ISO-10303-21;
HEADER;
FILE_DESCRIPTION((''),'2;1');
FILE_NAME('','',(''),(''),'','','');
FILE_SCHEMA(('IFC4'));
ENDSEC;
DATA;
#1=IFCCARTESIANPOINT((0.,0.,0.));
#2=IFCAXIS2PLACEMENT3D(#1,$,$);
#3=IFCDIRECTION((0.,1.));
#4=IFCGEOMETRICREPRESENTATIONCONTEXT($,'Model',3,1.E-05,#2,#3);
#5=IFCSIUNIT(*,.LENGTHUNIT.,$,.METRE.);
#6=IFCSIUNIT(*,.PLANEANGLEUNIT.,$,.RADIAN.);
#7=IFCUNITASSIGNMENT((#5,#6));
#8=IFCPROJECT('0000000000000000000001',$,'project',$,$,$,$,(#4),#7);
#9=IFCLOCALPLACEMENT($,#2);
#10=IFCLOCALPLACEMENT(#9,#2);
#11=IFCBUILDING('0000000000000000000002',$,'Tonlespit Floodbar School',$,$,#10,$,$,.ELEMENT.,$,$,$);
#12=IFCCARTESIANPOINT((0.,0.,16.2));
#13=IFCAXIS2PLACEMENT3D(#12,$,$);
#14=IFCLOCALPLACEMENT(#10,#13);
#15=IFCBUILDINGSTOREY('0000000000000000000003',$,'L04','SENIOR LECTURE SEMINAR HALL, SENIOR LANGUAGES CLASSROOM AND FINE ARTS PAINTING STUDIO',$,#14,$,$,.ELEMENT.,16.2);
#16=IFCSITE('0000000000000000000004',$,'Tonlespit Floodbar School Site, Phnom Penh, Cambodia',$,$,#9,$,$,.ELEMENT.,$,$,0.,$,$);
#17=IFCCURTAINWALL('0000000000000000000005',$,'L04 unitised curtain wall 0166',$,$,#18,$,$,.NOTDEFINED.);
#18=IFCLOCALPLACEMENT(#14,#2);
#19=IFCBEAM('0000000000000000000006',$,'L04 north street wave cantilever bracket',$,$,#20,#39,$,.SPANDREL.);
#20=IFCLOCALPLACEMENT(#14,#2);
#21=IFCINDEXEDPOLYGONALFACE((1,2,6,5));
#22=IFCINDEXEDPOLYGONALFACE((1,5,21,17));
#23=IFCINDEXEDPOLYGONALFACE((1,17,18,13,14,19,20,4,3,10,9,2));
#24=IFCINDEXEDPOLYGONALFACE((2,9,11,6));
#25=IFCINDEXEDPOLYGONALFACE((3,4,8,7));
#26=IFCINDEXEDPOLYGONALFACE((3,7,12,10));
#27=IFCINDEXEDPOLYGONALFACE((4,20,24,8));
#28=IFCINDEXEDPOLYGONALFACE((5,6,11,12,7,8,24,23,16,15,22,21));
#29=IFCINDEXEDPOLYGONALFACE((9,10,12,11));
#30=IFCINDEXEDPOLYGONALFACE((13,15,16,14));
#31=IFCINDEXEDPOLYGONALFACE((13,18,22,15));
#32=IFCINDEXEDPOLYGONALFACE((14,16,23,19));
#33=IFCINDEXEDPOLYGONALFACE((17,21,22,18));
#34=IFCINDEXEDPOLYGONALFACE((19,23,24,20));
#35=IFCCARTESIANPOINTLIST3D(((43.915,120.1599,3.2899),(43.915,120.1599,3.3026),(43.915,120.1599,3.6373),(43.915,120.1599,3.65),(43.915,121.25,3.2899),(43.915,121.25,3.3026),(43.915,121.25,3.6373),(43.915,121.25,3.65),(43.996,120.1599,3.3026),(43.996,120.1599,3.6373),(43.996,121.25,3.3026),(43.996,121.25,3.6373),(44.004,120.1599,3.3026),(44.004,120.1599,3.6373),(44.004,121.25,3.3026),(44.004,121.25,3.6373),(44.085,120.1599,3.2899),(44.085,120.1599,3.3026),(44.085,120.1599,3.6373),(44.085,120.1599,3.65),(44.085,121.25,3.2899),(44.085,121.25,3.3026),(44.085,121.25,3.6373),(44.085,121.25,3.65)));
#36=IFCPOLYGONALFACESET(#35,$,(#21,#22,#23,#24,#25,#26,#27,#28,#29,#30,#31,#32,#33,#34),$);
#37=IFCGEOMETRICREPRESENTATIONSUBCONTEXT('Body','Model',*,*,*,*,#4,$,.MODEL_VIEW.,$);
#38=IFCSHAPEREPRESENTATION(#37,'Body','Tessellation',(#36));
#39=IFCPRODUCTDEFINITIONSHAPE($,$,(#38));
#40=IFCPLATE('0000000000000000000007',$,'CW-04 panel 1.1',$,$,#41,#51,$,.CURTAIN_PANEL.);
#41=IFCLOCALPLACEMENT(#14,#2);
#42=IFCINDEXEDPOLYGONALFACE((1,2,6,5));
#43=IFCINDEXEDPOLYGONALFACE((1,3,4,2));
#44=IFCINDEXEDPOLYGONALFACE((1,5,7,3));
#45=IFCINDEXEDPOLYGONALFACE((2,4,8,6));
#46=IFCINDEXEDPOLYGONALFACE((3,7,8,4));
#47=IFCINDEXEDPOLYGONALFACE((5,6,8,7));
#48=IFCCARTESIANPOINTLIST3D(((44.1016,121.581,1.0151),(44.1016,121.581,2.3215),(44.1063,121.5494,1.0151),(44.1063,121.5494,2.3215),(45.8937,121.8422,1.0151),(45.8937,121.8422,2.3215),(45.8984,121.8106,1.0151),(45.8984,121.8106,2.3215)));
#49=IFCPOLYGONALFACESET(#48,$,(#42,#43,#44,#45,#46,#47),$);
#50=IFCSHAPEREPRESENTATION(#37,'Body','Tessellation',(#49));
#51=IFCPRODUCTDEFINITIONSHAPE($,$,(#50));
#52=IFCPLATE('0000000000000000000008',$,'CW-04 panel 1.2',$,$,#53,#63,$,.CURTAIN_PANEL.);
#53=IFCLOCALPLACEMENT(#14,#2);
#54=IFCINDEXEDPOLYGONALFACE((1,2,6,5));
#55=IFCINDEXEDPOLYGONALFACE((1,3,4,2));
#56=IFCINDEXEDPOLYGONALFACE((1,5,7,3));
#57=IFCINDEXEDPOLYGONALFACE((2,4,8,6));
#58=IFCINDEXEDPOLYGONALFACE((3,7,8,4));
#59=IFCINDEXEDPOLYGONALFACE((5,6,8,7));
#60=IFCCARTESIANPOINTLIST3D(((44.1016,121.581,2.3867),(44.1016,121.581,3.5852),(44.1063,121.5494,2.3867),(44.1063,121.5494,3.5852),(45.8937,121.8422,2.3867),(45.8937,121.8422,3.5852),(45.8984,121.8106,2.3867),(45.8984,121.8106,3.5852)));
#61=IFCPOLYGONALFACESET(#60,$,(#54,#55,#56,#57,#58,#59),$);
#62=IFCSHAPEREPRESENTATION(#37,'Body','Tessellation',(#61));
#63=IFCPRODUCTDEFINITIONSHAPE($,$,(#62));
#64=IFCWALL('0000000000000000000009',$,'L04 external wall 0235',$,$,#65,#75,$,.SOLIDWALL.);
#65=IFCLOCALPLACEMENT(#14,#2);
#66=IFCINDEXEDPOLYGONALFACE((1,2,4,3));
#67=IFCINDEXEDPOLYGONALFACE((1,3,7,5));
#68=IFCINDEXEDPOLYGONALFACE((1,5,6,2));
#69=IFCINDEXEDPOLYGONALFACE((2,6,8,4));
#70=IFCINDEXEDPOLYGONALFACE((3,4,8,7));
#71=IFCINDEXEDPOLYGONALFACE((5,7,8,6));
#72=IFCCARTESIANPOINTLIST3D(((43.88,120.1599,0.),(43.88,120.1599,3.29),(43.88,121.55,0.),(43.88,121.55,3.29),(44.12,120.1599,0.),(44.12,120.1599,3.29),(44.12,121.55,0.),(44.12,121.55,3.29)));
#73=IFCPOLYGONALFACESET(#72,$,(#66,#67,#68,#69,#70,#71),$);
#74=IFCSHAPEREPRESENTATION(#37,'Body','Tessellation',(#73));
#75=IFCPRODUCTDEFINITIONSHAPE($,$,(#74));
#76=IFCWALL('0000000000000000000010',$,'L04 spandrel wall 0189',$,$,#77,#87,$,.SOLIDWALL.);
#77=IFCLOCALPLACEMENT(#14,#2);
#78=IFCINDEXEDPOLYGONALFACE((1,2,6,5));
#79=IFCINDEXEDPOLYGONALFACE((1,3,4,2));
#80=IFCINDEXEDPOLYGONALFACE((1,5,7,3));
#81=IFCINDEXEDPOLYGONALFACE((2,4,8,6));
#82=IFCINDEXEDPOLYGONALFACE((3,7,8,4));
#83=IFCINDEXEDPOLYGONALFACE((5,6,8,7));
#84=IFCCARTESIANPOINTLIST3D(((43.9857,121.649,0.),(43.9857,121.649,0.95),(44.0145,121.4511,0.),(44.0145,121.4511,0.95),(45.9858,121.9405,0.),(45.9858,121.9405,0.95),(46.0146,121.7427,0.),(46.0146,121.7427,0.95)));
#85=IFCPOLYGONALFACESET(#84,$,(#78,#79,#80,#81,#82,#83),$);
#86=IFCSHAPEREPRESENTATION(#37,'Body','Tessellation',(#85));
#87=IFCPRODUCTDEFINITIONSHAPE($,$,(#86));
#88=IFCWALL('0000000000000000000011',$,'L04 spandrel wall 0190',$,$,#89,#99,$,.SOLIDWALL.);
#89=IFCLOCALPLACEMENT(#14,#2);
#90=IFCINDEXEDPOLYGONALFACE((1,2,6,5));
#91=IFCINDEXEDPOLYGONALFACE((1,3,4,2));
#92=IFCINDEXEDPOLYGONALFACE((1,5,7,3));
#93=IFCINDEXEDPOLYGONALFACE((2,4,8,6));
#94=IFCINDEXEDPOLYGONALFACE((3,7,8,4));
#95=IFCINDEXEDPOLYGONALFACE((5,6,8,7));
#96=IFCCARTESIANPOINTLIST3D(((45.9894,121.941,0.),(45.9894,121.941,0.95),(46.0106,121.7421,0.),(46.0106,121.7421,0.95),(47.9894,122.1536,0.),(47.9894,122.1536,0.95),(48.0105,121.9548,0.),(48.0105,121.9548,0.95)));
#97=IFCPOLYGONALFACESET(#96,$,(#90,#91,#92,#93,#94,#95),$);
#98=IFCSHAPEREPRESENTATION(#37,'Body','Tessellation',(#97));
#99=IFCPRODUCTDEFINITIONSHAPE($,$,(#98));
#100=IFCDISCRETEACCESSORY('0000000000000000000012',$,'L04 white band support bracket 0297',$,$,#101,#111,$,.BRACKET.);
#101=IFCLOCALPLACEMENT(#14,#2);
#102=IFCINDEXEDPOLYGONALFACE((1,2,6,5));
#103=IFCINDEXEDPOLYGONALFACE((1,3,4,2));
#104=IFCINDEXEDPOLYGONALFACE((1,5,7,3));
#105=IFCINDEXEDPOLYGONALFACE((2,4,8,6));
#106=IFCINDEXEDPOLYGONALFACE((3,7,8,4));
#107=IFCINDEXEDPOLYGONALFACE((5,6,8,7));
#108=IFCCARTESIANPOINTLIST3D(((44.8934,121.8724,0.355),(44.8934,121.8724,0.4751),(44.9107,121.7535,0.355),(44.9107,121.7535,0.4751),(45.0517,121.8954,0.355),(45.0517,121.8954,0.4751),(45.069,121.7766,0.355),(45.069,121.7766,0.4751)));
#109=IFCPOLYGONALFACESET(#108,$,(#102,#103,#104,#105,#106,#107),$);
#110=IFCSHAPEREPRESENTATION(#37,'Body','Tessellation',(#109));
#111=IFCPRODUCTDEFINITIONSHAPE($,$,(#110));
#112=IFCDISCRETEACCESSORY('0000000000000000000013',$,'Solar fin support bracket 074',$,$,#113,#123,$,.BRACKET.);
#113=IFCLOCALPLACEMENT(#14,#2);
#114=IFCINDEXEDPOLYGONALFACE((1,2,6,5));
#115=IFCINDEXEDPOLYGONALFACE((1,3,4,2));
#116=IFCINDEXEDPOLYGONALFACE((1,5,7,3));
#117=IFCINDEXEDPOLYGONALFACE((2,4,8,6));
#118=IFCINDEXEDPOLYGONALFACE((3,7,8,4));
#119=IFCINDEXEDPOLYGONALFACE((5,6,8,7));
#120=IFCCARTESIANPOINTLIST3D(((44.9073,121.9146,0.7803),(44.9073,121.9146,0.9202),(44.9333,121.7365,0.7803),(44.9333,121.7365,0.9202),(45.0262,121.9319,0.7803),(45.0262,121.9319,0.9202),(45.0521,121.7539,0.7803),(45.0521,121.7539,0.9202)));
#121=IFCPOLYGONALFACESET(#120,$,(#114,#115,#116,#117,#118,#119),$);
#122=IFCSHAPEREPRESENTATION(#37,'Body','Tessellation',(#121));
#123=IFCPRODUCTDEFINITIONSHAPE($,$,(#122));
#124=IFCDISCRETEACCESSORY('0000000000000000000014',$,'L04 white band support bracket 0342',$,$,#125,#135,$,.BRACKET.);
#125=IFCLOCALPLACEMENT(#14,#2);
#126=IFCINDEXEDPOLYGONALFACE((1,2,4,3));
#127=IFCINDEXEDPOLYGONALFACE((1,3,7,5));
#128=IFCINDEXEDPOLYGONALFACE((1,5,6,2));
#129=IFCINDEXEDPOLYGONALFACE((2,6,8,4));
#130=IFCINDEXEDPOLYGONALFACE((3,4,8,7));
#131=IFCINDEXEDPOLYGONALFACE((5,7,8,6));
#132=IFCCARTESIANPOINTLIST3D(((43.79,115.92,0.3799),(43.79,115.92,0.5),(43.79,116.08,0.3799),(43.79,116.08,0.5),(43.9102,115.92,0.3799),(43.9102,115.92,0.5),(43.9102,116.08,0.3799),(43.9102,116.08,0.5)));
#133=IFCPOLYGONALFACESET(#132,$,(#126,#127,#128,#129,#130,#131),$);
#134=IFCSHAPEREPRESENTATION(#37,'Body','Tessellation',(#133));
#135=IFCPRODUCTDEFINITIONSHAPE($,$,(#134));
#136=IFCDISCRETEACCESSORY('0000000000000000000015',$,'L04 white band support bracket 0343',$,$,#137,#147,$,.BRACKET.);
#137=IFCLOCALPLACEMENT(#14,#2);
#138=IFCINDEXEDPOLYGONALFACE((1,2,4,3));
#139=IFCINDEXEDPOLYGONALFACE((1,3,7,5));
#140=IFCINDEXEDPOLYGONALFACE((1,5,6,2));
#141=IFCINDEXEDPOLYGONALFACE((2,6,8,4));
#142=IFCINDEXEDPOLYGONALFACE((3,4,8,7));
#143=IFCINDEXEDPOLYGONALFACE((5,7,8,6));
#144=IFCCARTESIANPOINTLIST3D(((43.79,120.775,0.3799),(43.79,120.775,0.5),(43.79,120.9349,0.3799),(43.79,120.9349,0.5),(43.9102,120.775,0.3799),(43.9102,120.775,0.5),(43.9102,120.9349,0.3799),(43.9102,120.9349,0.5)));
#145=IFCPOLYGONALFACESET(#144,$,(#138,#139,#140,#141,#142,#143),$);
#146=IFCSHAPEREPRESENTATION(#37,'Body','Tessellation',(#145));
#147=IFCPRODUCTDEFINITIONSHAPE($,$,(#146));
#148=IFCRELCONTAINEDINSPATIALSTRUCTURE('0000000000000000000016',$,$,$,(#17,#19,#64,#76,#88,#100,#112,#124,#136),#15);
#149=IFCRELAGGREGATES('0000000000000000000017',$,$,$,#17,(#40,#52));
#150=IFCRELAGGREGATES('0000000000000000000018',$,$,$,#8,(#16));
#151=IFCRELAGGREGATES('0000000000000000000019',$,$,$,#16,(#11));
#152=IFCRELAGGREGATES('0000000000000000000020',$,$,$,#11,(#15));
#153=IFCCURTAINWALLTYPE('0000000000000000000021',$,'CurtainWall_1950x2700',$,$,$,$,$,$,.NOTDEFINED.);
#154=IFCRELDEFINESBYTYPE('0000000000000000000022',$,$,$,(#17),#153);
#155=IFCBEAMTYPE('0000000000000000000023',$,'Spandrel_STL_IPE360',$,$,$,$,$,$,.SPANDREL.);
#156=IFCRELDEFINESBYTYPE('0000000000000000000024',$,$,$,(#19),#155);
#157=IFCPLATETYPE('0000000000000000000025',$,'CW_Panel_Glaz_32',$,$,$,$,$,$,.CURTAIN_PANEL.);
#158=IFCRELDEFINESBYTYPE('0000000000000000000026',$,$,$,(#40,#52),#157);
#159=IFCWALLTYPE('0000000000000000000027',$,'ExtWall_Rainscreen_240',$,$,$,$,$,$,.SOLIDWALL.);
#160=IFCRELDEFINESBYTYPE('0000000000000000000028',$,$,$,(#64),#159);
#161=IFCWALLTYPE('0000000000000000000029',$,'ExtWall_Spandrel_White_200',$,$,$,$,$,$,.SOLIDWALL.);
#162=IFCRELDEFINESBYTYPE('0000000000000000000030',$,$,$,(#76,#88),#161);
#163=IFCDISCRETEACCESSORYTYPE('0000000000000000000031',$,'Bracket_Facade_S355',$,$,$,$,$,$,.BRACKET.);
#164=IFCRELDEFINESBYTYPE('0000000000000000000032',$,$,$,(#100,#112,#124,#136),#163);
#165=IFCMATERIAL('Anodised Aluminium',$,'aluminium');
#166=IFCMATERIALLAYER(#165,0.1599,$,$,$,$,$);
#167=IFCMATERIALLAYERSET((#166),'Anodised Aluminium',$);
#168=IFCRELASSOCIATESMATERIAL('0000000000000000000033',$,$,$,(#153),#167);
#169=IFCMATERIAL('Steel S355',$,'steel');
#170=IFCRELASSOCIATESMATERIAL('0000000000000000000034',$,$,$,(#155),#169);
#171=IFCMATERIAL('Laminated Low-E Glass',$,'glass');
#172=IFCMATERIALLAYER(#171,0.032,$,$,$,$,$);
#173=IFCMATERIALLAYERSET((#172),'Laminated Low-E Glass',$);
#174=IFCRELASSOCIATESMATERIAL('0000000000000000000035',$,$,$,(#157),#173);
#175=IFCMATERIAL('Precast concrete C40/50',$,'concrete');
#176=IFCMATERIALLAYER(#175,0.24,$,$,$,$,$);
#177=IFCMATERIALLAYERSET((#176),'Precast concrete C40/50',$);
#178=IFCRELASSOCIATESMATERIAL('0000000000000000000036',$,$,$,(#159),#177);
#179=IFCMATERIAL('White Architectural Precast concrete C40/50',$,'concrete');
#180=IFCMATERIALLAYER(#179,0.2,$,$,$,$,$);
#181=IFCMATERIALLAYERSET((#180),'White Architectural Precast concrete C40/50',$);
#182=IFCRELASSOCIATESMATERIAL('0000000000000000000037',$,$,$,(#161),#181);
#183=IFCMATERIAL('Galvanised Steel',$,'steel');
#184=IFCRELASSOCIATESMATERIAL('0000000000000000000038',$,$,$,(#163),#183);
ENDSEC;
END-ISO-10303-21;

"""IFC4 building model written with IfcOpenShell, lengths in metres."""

from ifc_helpers import new_model, si_unit, direction, frame, frame_2d, origin, origin_2d, place, context, subcontext, project, spatial, rectangle, i_section, extrude, material, layer, layer_set, material_profile, profile_set, type_object, element, aggregate, save


model = new_model("IFC4")

# Units and contexts
model_context = context("Model", 3, precision=1e-05, world=origin(), true_north=direction((0.0, 1.0)))
body_context = subcontext(model_context, "Body", "Model", "MODEL_VIEW")
ifc_project = project(units=[si_unit("LENGTHUNIT", "METRE"), si_unit("PLANEANGLEUNIT", "RADIAN")], contexts=[model_context])

# Site, building, storey
site_placement = place(None, origin())
site = spatial("IfcSite", under=ifc_project, at=site_placement, Name="Tonlespit Floodbar School Site, Phnom Penh, Cambodia", CompositionType="ELEMENT", RefElevation=0.0)
building_placement = place(site_placement, origin())
building = spatial("IfcBuilding", under=site, at=building_placement, Name="Tonlespit Floodbar School", CompositionType="ELEMENT")
storey_placement = place(building_placement, frame((0.0, 0.0, 16.2)))
storey = spatial("IfcBuildingStorey", under=building, at=storey_placement, Name="L04", Description="SENIOR LECTURE SEMINAR HALL, SENIOR LANGUAGES CLASSROOM AND FINE ARTS PAINTING STUDIO", CompositionType="ELEMENT", Elevation=16.2)

# Curtain wall
ifc_material_1 = material(Name="Anodised Aluminium", Category="aluminium")
ifc_layer_1 = layer(ifc_material_1, 0.1599)
ifc_layer_set_1 = layer_set([ifc_layer_1], Name="Anodised Aluminium")
curtain_wall_type = type_object("IfcCurtainWallType", Name="CurtainWall_1950x2700", PredefinedType="NOTDEFINED", material=ifc_layer_set_1)
curtain_wall_1_placement = place(storey_placement, origin())
curtain_wall_1 = element("IfcCurtainWall", 1, at=curtain_wall_1_placement, inside=storey, type_object=curtain_wall_type, Name="L04 unitised curtain wall 0166", PredefinedType="NOTDEFINED")

# Beam
ifc_material_2 = material(Name="Steel S355", Category="steel")
ifc_material_profile_1 = material_profile(ifc_material_2, i_section(OverallWidth=0.1699, OverallDepth=0.3601, WebThickness=0.0081, FlangeThickness=0.0127, at=origin_2d()), Name="IPE 360")
ifc_profile_set_1 = profile_set([ifc_material_profile_1], Name="Steel S355")
beam_type_1 = type_object("IfcBeamType", Name="Spandrel_STL_IPE360", PredefinedType="SPANDREL", material=ifc_profile_set_1)
beam_1_placement = place(storey_placement, frame((44.0, 120.1599, 3.47), z_axis=(0.0, 1.0, 0.0), x_axis=(-1.0, 0.0, 0.0)))
element("IfcBeam", 2, at=beam_1_placement, inside=storey, type_object=beam_type_1, Name="L04 north street wave cantilever bracket", PredefinedType="SPANDREL", context=body_context, shape_type="SweptSolid", body=[
    extrude(i_section(OverallWidth=0.1699, OverallDepth=0.3601, WebThickness=0.0081, FlangeThickness=0.0127, at=origin_2d()), origin(), (0.0, 0.0, 1.0), 1.0901),
])

# Plates
ifc_material_3 = material(Name="Laminated Low-E Glass", Category="glass")
ifc_layer_2 = layer(ifc_material_3, 0.032)
ifc_layer_set_2 = layer_set([ifc_layer_2], Name="Laminated Low-E Glass")
plate_type = type_object("IfcPlateType", Name="CW_Panel_Glaz_32", PredefinedType="CURTAIN_PANEL", material=ifc_layer_set_2)
plate_1_placement = place(storey_placement, frame((45.0, 121.6958, 1.0151), z_axis=(0.0, 0.0, 1.0), x_axis=(0.989542, 0.144248, 0.0)))
plate_1 = element("IfcPlate", 3, at=plate_1_placement, type_object=plate_type, Name="CW-04 panel 1.1", PredefinedType="CURTAIN_PANEL", context=body_context, shape_type="SweptSolid", body=[
    extrude(rectangle(XDim=1.811, YDim=0.032, at=origin_2d()), origin(), (0.0, 0.0, 1.0), 1.3064),
])
plate_2_placement = place(storey_placement, frame((45.0, 121.6958, 2.3867), z_axis=(0.0, 0.0, 1.0), x_axis=(0.989542, 0.144248, 0.0)))
plate_2 = element("IfcPlate", 4, at=plate_2_placement, type_object=plate_type, Name="CW-04 panel 1.2", PredefinedType="CURTAIN_PANEL", context=body_context, shape_type="SweptSolid", body=[
    extrude(rectangle(XDim=1.811, YDim=0.032, at=origin_2d()), origin(), (0.0, 0.0, 1.0), 1.1985),
])
aggregate(curtain_wall_1, [plate_1, plate_2])

# Walls
ifc_material_4 = material(Name="Precast concrete C40/50", Category="concrete")
ifc_layer_3 = layer(ifc_material_4, 0.24)
ifc_layer_set_3 = layer_set([ifc_layer_3], Name="Precast concrete C40/50")
wall_type_1 = type_object("IfcWallType", Name="ExtWall_Rainscreen_240", PredefinedType="SOLIDWALL", material=ifc_layer_set_3)
wall_1_placement = place(storey_placement, frame((44.0, 120.1599, 0.0), z_axis=(0.0, 0.0, 1.0), x_axis=(0.0, 1.0, 0.0)))
element("IfcWall", 5, at=wall_1_placement, inside=storey, type_object=wall_type_1, Name="L04 external wall 0235", PredefinedType="SOLIDWALL", context=body_context, shape_type="SweptSolid", body=[
    extrude(rectangle(XDim=1.3901, YDim=0.24, at=frame_2d((0.6951, 0.0))), origin(), (0.0, 0.0, 1.0), 3.29),
])
ifc_material_5 = material(Name="White Architectural Precast concrete C40/50", Category="concrete")
ifc_layer_4 = layer(ifc_material_5, 0.2)
ifc_layer_set_4 = layer_set([ifc_layer_4], Name="White Architectural Precast concrete C40/50")
wall_type_2 = type_object("IfcWallType", Name="ExtWall_Spandrel_White_200", PredefinedType="SOLIDWALL", material=ifc_layer_set_4)
wall_2_placement = place(storey_placement, frame((44.0, 121.55, 0.0), z_axis=(0.0, 0.0, 1.0), x_axis=(0.989544, 0.144228, 0.0)))
element("IfcWall", 6, at=wall_2_placement, inside=storey, type_object=wall_type_2, Name="L04 spandrel wall 0189", PredefinedType="SOLIDWALL", context=body_context, shape_type="SweptSolid", body=[
    extrude(rectangle(XDim=2.0212, YDim=0.2, at=frame_2d((1.0107, 0.0))), origin(), (0.0, 0.0, 1.0), 0.95),
])
wall_3_placement = place(storey_placement, frame((46.0, 121.8416, 0.0), z_axis=(0.0, 0.0, 1.0), x_axis=(0.994395, 0.105727, 0.0)))
element("IfcWall", 7, at=wall_3_placement, inside=storey, type_object=wall_type_2, Name="L04 spandrel wall 0190", PredefinedType="SOLIDWALL", context=body_context, shape_type="SweptSolid", body=[
    extrude(rectangle(XDim=2.0112, YDim=0.2, at=frame_2d((1.0056, 0.0))), origin(), (0.0, 0.0, 1.0), 0.95),
])

# Discrete accessories
ifc_material_6 = material(Name="Galvanised Steel", Category="steel")
discrete_accessory_type = type_object("IfcDiscreteAccessoryType", Name="Bracket_Facade_S355", PredefinedType="BRACKET", material=ifc_material_6)
discrete_accessory_1_placement = place(storey_placement, frame((44.9812, 121.8245, 0.355), z_axis=(0.0, 0.0, 1.0), x_axis=(0.989538, 0.144275, 0.0)))
element("IfcDiscreteAccessory", 8, at=discrete_accessory_1_placement, inside=storey, type_object=discrete_accessory_type, Name="L04 white band support bracket 0297", PredefinedType="BRACKET", context=body_context, shape_type="SweptSolid", body=[
    extrude(rectangle(XDim=0.1599, YDim=0.1201, at=origin_2d()), origin(), (0.0, 0.0, 1.0), 0.1201),
])
discrete_accessory_2_placement = place(storey_placement, frame((44.9797, 121.8342, 0.7803), z_axis=(0.0, 0.0, 1.0), x_axis=(0.989538, 0.144275, 0.0)))
element("IfcDiscreteAccessory", 9, at=discrete_accessory_2_placement, inside=storey, type_object=discrete_accessory_type, Name="Solar fin support bracket 074", PredefinedType="BRACKET", context=body_context, shape_type="SweptSolid", body=[
    extrude(rectangle(XDim=0.1201, YDim=0.1799, at=origin_2d()), origin(), (0.0, 0.0, 1.0), 0.1399),
])
for number, where, z_axis, x_axis, name in (
    (10, (43.8501, 116.0, 0.3799), (0.0, 0.0, 1.0), (0.0, 1.0, 0.0), "L04 white band support bracket 0342"),
    (11, (43.8501, 120.855, 0.3799), (0.0, 0.0, 1.0), (0.0, 1.0, 0.0), "L04 white band support bracket 0343"),
):
    element("IfcDiscreteAccessory", number, at=place(storey_placement, frame(where, z_axis=z_axis, x_axis=x_axis)), inside=storey, type_object=discrete_accessory_type, Name=name, PredefinedType="BRACKET", context=body_context, shape_type="SweptSolid", body=[
        extrude(rectangle(XDim=0.1599, YDim=0.1201, at=origin_2d()), origin(), (0.0, 0.0, 1.0), 0.1201),
    ])

save(model, "model.ifc")
